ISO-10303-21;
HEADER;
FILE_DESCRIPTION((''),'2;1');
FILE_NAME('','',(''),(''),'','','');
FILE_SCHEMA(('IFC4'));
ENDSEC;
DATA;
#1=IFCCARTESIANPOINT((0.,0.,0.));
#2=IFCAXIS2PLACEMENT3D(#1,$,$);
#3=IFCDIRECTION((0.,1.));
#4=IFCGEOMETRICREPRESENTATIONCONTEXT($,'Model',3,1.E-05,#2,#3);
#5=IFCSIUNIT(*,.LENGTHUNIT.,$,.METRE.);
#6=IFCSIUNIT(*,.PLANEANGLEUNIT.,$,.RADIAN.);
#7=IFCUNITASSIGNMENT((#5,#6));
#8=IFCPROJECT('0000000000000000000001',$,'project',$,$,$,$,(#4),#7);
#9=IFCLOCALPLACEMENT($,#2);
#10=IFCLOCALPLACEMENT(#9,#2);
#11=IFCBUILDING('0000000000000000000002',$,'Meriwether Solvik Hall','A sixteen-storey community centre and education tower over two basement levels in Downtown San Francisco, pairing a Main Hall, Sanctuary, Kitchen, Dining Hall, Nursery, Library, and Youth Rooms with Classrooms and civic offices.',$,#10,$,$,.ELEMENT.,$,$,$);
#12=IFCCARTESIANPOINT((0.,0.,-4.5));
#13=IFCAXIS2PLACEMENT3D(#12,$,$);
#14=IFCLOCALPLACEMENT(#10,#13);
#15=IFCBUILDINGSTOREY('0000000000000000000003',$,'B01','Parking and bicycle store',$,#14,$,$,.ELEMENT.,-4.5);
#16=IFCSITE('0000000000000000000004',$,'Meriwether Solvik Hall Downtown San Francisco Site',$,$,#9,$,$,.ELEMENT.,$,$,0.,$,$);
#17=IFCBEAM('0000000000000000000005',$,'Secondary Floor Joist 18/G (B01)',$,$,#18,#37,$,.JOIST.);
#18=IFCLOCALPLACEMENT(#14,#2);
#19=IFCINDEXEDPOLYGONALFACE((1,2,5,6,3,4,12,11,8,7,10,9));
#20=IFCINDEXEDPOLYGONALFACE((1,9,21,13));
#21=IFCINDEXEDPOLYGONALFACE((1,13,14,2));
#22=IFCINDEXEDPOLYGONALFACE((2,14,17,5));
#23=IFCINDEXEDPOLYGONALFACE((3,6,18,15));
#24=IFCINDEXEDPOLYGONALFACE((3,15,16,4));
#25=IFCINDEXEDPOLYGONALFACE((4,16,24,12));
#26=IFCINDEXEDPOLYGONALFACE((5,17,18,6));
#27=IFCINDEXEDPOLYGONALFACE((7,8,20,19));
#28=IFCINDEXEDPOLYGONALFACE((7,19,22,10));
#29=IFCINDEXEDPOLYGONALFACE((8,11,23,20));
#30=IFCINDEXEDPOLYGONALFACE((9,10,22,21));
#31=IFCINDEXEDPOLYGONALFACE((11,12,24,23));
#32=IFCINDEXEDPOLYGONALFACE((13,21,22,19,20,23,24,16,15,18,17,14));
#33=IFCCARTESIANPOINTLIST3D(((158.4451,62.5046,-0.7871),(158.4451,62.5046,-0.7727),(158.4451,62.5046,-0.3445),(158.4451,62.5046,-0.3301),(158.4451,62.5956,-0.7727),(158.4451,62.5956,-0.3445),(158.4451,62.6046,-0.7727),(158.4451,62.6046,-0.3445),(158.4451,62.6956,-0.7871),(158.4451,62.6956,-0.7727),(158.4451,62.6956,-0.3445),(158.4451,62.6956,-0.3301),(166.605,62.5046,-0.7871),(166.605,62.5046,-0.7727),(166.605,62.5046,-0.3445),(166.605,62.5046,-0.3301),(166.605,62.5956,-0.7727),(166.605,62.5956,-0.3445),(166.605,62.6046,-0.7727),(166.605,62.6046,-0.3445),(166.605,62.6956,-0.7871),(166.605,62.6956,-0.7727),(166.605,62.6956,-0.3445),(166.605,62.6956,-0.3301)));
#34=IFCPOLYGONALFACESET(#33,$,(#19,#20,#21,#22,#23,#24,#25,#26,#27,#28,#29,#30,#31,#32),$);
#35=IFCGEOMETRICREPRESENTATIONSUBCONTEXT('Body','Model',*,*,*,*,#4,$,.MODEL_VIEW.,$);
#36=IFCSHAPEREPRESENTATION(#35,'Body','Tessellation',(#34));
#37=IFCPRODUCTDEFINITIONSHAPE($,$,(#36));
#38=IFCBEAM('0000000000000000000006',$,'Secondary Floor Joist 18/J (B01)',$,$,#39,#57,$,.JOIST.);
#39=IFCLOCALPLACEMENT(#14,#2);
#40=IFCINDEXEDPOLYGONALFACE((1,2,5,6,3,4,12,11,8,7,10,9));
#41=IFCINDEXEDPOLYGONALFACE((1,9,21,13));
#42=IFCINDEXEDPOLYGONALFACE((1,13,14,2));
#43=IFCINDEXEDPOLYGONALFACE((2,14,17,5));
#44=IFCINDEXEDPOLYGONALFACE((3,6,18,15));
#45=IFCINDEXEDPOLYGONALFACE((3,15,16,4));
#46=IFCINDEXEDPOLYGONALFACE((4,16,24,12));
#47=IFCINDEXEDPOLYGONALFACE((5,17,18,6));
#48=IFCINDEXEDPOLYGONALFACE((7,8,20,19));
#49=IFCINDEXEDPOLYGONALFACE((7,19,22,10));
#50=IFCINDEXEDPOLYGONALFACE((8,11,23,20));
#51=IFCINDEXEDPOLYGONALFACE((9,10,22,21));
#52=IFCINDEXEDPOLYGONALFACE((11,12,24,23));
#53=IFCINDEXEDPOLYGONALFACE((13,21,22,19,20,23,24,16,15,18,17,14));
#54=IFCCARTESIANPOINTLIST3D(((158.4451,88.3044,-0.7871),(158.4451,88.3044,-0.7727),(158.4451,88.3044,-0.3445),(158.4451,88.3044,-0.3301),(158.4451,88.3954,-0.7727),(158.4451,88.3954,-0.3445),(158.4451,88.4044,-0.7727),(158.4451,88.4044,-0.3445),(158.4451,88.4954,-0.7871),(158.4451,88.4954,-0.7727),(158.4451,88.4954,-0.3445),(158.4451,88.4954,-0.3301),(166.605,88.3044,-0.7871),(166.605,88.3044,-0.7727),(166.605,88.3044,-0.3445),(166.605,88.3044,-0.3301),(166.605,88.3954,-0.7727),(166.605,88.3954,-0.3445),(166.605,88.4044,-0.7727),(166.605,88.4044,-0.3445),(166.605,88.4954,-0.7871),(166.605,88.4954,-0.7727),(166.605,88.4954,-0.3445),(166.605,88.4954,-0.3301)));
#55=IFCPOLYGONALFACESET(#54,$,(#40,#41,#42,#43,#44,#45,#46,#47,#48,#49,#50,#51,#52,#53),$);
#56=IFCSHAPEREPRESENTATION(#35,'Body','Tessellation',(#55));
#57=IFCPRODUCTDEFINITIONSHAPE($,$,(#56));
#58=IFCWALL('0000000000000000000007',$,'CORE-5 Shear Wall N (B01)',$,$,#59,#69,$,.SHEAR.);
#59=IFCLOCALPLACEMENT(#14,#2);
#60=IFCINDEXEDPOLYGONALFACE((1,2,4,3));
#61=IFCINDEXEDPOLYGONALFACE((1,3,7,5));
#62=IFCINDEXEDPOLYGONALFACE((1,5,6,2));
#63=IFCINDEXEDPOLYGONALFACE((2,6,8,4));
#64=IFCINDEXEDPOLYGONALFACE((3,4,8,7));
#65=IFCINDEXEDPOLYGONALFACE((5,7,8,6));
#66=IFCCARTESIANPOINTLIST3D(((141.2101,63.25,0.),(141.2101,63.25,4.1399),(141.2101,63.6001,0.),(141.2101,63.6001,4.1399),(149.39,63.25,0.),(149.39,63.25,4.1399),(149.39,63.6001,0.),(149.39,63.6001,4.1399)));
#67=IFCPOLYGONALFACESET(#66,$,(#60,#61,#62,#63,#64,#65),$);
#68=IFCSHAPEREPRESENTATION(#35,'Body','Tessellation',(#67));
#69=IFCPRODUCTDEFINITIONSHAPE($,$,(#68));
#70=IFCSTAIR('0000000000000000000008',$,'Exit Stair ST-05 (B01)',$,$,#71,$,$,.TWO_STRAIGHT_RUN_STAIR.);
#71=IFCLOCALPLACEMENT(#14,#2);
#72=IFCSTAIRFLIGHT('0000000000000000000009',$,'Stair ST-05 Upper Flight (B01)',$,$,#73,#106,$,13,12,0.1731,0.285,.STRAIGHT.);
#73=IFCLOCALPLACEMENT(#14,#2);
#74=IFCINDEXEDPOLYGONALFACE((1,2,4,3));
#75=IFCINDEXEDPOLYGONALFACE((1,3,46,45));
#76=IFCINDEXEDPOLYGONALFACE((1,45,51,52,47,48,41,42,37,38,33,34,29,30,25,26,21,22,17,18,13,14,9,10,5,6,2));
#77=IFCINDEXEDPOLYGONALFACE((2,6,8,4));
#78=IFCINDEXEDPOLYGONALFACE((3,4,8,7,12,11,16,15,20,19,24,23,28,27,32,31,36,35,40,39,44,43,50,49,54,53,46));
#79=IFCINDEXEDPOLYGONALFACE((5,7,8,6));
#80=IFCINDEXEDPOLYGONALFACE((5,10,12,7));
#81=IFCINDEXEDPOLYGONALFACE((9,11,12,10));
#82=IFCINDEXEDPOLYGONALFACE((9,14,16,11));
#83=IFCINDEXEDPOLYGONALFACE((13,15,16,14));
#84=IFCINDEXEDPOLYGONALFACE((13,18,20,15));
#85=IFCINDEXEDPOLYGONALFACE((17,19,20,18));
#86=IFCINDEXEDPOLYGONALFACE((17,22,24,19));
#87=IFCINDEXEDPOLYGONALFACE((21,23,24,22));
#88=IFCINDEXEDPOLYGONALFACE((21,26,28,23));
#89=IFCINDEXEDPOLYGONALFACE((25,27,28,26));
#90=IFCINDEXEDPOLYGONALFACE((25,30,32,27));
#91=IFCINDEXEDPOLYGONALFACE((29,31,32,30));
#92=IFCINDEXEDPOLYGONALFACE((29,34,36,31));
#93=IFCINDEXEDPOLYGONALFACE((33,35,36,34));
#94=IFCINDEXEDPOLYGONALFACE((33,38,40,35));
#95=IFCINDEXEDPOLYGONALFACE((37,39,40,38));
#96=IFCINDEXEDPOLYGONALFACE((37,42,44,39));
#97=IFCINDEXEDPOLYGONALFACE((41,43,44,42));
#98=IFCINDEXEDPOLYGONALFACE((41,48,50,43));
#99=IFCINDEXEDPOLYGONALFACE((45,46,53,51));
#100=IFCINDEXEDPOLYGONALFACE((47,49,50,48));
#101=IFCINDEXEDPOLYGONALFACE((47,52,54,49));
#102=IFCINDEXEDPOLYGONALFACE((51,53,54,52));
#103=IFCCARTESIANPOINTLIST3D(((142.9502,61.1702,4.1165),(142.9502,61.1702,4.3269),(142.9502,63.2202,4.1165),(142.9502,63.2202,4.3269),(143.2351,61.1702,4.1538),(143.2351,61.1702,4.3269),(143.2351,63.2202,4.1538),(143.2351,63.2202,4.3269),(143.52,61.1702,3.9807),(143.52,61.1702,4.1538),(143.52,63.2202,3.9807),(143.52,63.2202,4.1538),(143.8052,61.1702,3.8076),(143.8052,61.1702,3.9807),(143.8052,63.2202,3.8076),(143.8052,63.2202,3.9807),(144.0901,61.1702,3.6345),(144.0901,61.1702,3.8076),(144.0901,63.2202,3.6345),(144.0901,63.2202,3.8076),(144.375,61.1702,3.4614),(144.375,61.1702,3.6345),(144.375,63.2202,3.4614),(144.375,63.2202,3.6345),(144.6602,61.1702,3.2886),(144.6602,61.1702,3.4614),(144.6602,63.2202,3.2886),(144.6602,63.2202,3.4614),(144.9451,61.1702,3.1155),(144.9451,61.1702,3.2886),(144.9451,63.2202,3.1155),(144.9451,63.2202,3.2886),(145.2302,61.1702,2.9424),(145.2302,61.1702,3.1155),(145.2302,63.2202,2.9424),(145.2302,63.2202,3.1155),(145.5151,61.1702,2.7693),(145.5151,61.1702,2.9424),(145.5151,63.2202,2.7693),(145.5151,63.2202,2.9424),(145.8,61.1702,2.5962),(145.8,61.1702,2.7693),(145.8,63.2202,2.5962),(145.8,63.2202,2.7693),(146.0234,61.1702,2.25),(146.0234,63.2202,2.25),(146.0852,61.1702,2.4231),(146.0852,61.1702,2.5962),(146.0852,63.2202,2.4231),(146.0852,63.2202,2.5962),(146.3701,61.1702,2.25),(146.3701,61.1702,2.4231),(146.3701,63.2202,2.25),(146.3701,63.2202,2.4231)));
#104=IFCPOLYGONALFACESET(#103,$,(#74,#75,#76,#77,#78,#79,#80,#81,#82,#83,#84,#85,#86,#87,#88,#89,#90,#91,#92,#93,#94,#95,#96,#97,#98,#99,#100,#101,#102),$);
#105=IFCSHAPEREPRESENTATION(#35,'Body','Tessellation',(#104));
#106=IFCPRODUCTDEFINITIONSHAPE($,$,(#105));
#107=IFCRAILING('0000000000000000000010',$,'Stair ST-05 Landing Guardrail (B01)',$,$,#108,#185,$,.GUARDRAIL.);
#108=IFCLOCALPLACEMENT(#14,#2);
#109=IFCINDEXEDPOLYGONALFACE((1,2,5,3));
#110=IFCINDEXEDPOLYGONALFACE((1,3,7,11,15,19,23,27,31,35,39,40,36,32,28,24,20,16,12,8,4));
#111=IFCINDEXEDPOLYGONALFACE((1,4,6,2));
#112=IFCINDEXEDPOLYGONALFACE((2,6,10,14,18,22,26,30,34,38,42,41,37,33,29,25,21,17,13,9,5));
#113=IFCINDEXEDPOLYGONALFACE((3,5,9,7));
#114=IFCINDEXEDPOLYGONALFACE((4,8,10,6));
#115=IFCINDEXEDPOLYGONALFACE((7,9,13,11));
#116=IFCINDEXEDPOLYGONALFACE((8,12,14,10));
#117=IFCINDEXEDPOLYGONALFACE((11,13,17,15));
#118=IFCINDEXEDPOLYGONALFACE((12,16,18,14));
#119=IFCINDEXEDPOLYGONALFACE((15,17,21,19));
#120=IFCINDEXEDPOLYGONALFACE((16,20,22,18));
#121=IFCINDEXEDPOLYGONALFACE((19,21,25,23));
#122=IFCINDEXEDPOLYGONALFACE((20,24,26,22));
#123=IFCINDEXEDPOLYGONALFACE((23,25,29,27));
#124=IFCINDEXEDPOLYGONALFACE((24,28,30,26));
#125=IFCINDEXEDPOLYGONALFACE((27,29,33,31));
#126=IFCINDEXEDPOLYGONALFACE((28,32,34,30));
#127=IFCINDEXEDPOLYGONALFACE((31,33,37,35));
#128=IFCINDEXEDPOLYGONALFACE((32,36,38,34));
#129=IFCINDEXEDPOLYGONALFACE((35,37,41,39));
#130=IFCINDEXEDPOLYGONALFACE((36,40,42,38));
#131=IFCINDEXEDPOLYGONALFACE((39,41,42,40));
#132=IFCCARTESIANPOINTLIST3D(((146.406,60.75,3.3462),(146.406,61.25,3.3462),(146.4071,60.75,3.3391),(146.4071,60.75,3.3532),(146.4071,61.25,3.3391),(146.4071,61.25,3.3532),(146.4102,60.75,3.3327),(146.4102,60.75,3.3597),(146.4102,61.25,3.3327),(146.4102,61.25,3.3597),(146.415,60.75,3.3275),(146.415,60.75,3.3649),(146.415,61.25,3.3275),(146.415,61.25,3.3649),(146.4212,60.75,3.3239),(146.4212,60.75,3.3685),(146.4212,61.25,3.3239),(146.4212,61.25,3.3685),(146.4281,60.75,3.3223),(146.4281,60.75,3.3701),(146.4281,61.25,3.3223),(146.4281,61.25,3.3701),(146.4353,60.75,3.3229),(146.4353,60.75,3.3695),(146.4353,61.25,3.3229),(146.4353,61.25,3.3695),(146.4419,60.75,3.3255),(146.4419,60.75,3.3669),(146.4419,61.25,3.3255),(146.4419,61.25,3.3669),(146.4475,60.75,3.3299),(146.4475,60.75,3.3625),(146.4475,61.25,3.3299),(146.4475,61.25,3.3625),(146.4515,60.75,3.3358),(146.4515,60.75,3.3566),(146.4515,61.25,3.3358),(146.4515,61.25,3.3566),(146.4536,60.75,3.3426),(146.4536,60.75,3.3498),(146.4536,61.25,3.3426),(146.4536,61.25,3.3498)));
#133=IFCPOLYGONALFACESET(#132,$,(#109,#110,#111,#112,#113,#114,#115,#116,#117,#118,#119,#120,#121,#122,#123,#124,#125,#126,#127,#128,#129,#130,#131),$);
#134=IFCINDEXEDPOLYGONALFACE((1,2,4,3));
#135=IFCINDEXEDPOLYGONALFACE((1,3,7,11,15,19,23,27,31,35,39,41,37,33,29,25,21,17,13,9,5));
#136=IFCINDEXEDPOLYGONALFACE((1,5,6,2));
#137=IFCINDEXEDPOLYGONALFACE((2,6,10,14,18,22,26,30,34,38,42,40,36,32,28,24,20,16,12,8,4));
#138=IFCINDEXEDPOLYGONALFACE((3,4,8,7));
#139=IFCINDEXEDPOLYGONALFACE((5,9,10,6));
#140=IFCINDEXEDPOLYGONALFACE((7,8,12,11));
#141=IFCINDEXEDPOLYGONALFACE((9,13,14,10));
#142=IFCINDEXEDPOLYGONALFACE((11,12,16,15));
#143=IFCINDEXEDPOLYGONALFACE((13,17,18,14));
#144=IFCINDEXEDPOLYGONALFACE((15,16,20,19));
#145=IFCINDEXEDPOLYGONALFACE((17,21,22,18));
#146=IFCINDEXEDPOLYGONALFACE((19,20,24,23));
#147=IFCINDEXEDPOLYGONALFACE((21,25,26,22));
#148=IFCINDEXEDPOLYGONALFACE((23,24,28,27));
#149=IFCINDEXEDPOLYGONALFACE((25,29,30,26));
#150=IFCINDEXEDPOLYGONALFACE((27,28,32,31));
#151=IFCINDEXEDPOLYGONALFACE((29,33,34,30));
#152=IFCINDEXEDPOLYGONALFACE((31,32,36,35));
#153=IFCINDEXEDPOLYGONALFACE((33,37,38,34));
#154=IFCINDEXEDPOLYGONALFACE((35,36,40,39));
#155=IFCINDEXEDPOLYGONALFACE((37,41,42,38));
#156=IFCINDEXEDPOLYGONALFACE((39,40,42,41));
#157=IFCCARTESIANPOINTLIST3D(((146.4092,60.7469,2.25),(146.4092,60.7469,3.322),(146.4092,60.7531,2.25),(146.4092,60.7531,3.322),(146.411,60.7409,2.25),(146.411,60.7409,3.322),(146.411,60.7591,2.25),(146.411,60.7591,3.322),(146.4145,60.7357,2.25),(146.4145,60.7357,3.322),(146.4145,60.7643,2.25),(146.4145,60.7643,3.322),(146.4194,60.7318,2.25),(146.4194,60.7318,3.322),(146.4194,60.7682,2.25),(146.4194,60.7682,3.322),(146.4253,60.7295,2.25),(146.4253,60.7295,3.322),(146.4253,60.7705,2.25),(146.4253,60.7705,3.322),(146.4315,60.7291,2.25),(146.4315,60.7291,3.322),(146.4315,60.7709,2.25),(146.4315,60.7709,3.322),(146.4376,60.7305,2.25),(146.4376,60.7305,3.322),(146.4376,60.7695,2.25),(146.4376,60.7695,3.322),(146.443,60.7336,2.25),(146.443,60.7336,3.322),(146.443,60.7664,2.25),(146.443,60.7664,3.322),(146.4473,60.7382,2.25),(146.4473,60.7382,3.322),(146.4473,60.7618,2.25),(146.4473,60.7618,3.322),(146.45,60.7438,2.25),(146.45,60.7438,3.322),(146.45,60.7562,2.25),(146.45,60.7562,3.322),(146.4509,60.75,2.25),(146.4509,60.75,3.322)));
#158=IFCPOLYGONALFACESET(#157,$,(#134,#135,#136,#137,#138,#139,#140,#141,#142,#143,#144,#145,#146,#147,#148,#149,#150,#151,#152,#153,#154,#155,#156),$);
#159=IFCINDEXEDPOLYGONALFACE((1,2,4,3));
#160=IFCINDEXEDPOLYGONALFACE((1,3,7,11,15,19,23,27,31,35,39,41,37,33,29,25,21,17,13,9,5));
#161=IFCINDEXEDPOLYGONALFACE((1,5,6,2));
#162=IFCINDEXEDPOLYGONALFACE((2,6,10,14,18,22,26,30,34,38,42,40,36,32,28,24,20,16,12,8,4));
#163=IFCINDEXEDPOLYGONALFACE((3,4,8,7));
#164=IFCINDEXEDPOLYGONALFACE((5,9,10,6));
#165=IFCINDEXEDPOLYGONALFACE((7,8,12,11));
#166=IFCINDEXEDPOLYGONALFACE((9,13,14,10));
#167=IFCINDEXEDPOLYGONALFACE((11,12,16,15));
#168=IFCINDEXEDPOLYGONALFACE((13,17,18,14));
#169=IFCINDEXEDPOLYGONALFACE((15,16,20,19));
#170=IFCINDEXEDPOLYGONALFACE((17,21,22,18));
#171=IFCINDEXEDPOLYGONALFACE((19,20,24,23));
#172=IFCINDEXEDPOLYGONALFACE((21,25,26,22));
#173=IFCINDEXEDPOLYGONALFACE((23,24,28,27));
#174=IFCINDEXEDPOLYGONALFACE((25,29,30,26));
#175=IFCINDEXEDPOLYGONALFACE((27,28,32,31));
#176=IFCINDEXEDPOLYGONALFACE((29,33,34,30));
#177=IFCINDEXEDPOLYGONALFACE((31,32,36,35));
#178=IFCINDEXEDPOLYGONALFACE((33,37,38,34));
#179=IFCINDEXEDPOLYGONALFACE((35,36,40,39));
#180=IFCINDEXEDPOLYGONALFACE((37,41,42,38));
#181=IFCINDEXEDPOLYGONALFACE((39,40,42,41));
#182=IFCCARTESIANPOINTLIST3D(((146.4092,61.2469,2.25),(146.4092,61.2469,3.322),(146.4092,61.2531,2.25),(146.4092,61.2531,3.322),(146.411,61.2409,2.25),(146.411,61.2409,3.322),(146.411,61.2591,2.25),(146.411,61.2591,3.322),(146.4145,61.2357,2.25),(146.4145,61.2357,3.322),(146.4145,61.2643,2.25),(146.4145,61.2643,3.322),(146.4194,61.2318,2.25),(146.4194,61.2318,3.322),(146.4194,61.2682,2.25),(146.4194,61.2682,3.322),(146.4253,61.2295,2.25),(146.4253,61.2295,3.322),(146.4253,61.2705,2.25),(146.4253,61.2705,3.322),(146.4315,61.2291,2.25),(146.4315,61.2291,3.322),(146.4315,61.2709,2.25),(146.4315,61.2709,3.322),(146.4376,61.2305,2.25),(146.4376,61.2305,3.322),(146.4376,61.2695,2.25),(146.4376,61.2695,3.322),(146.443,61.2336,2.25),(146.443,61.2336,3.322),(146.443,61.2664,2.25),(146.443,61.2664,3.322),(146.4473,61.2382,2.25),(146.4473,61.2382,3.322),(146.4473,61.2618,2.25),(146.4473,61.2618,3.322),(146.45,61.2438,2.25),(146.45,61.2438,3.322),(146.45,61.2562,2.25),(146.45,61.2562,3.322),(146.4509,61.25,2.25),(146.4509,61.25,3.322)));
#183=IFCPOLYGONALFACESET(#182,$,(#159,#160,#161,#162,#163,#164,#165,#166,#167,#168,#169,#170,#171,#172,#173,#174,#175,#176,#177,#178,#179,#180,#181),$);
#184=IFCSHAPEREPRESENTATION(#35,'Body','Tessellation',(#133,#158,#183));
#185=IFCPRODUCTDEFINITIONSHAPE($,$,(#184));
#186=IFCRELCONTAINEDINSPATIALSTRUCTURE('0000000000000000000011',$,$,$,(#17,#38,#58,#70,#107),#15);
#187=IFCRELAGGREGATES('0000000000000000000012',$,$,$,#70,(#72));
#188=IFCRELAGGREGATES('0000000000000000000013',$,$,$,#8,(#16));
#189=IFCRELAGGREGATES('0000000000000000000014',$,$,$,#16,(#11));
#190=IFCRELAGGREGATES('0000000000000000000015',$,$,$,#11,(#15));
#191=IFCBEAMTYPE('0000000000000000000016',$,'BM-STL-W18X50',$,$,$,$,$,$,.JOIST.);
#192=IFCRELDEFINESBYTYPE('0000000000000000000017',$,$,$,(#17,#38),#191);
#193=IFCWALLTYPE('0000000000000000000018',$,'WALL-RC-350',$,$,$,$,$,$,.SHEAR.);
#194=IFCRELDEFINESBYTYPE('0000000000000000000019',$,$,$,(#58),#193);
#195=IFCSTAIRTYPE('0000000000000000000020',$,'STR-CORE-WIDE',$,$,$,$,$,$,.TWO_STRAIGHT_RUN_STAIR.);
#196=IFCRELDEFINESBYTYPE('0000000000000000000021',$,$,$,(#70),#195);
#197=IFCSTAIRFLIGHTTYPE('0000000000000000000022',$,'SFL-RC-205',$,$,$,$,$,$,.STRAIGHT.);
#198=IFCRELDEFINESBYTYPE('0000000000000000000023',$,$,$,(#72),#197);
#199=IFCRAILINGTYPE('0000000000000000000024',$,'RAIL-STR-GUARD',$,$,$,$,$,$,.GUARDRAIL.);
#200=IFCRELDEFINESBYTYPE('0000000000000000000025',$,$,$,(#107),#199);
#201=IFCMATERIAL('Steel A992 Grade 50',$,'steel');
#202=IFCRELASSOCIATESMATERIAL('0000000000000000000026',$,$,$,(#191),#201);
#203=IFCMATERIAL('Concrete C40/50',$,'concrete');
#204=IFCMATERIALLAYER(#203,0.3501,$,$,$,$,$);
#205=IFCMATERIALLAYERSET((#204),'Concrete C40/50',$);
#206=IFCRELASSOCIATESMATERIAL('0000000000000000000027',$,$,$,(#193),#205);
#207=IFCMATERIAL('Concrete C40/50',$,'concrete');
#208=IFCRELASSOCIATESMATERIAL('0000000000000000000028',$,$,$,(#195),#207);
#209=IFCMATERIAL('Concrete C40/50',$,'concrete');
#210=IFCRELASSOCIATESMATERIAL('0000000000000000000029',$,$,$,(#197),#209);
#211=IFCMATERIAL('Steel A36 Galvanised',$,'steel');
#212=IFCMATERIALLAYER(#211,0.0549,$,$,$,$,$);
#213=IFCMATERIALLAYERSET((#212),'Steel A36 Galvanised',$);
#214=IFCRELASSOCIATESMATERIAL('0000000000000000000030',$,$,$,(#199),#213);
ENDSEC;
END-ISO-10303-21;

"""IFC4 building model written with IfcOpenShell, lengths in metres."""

from ifc_helpers import new_model, si_unit, direction, frame, frame_2d, origin, origin_2d, place, context, subcontext, project, spatial, polyline, rectangle, circle, i_section, outline, extrude, material, layer, layer_set, material_profile, profile_set, type_object, element, aggregate, save


model = new_model("IFC4")

# Units and contexts
model_context = context("Model", 3, precision=1e-05, world=origin(), true_north=direction((0.0, 1.0)))
body_context = subcontext(model_context, "Body", "Model", "MODEL_VIEW")
ifc_project = project(units=[si_unit("LENGTHUNIT", "METRE"), si_unit("PLANEANGLEUNIT", "RADIAN")], contexts=[model_context])

# Site, building, storey
site_placement = place(None, origin())
site = spatial("IfcSite", under=ifc_project, at=site_placement, Name="Meriwether Solvik Hall Downtown San Francisco Site", CompositionType="ELEMENT", RefElevation=0.0)
building_placement = place(site_placement, origin())
building = spatial("IfcBuilding", under=site, at=building_placement, Name="Meriwether Solvik Hall", Description="A sixteen-storey community centre and education tower over two basement levels in Downtown San Francisco, pairing a Main Hall, Sanctuary, Kitchen, Dining Hall, Nursery, Library, and Youth Rooms with Classrooms and civic offices.", CompositionType="ELEMENT")
storey_placement = place(building_placement, frame((0.0, 0.0, -4.5)))
storey = spatial("IfcBuildingStorey", under=building, at=storey_placement, Name="B01", Description="Parking and bicycle store", CompositionType="ELEMENT", Elevation=-4.5)

# Beams
ifc_material_1 = material(Name="Steel A992 Grade 50", Category="steel")
ifc_material_profile_1 = material_profile(ifc_material_1, i_section(OverallWidth=0.1909, OverallDepth=0.457, WebThickness=0.009, FlangeThickness=0.0144, at=origin_2d()), Name="W18X50")
ifc_profile_set_1 = profile_set([ifc_material_profile_1], Name="Steel A992 Grade 50")
beam_type_1 = type_object("IfcBeamType", Name="BM-STL-W18X50", PredefinedType="JOIST", material=ifc_profile_set_1)
for number, where, z_axis, x_axis, name in (
    (1, (158.4451, 62.6001, -0.5586), (1.0, 0.0, 0.0), (0.0, 1.0, 0.0), "Secondary Floor Joist 18/G (B01)"),
    (2, (158.4451, 88.3999, -0.5586), (1.0, 0.0, 0.0), (0.0, 1.0, 0.0), "Secondary Floor Joist 18/J (B01)"),
):
    element("IfcBeam", number, at=place(storey_placement, frame(where, z_axis=z_axis, x_axis=x_axis)), inside=storey, type_object=beam_type_1, Name=name, PredefinedType="JOIST", context=body_context, shape_type="SweptSolid", body=[
        extrude(i_section(OverallWidth=0.1909, OverallDepth=0.457, WebThickness=0.009, FlangeThickness=0.0144, at=origin_2d()), origin(), (0.0, 0.0, 1.0), 8.1599),
    ])

# Wall
ifc_material_2 = material(Name="Concrete C40/50", Category="concrete")
ifc_layer_1 = layer(ifc_material_2, 0.3501)
ifc_layer_set_1 = layer_set([ifc_layer_1], Name="Concrete C40/50")
wall_type = type_object("IfcWallType", Name="WALL-RC-350", PredefinedType="SHEAR", material=ifc_layer_set_1)
wall_placement = place(storey_placement, frame((149.3899, 63.425, 0.0), z_axis=(0.0, 0.0, 1.0), x_axis=(-1.0, 0.0, 0.0)))
element("IfcWall", 3, at=wall_placement, inside=storey, type_object=wall_type, Name="CORE-5 Shear Wall N (B01)", PredefinedType="SHEAR", context=body_context, shape_type="SweptSolid", body=[
    extrude(rectangle(XDim=8.1799, YDim=0.3501, at=frame_2d((4.0898, 0.0))), origin(), (0.0, 0.0, 1.0), 4.1399),
])

# Stair, stair flight
ifc_material_3 = material(Name="Concrete C40/50", Category="concrete")
stair_type = type_object("IfcStairType", Name="STR-CORE-WIDE", PredefinedType="TWO_STRAIGHT_RUN_STAIR", material=ifc_material_3)
stair_placement = place(storey_placement, origin())
stair = element("IfcStair", 4, at=stair_placement, inside=storey, type_object=stair_type, Name="Exit Stair ST-05 (B01)", PredefinedType="TWO_STRAIGHT_RUN_STAIR")
ifc_material_4 = material(Name="Concrete C40/50", Category="concrete")
stair_flight_type = type_object("IfcStairFlightType", Name="SFL-RC-205", PredefinedType="STRAIGHT", material=ifc_material_4)
stair_flight_placement = place(storey_placement, frame((146.3701, 62.1951, 2.25), z_axis=(0.0, 0.0, 1.0), x_axis=(-1.0, 0.0, 0.0)))
stair_flight = element("IfcStairFlight", 5, at=stair_flight_placement, type_object=stair_flight_type, Name="Stair ST-05 Upper Flight (B01)", NumberOfRisers=13, NumberOfTreads=12, PredefinedType="STRAIGHT", RiserHeight=0.1731, TreadLength=0.285, context=body_context, shape_type="SweptSolid", body=[
    extrude(outline(polyline([(0.0, 0.0), (0.0, 0.1731), (0.2849, 0.1731), (0.2849, 0.3462), (0.5701, 0.3462), (0.5701, 0.5193), (0.855, 0.5193), (0.855, 0.6924), (1.1399, 0.6924), (1.1399, 0.8655), (1.425, 0.8655), (1.425, 1.0386), (1.71, 1.0386), (1.71, 1.2114), (1.9951, 1.2114), (1.9951, 1.3845), (2.28, 1.3845), (2.28, 1.5576), (2.5649, 1.5576), (2.5649, 1.7307), (2.8501, 1.7307), (2.8501, 1.9038), (3.135, 1.9038), (3.135, 2.0769), (3.4199, 2.0769), (3.4199, 2.25), (3.4199, 1.8665), (0.3467, 0.0), (0.0, 0.0)])), frame((0.0, 1.0249, 0.0), z_axis=(0.0, -1.0, 0.0), x_axis=(1.0, 0.0, 0.0)), (0.0, 0.0, 1.0), 2.05),
])
aggregate(stair, [stair_flight])

# Railing
ifc_material_5 = material(Name="Steel A36 Galvanised", Category="steel")
ifc_layer_2 = layer(ifc_material_5, 0.0549)
ifc_layer_set_2 = layer_set([ifc_layer_2], Name="Steel A36 Galvanised")
railing_type_1 = type_object("IfcRailingType", Name="RAIL-STR-GUARD", PredefinedType="GUARDRAIL", material=ifc_layer_set_2)
railing_1_placement = place(storey_placement, frame((146.4299, 60.75, 2.25)))
element("IfcRailing", 6, at=railing_1_placement, inside=storey, type_object=railing_type_1, Name="Stair ST-05 Landing Guardrail (B01)", PredefinedType="GUARDRAIL", context=body_context, shape_type="SweptSolid", body=[
    extrude(circle(Radius=0.0239, at=origin_2d()), frame((0.0, 0.0, 1.0962), z_axis=(0.0, 1.0, 0.0), x_axis=(-1.0, 0.0, 0.0)), (0.0, 0.0, 1.0), 0.5),
    extrude(circle(Radius=0.021, at=origin_2d()), origin(), (0.0, 0.0, 1.0), 1.072),
    extrude(circle(Radius=0.021, at=origin_2d()), frame((0.0, 0.5, 0.0)), (0.0, 0.0, 1.0), 1.072),
])

save(model, "model.ifc")
